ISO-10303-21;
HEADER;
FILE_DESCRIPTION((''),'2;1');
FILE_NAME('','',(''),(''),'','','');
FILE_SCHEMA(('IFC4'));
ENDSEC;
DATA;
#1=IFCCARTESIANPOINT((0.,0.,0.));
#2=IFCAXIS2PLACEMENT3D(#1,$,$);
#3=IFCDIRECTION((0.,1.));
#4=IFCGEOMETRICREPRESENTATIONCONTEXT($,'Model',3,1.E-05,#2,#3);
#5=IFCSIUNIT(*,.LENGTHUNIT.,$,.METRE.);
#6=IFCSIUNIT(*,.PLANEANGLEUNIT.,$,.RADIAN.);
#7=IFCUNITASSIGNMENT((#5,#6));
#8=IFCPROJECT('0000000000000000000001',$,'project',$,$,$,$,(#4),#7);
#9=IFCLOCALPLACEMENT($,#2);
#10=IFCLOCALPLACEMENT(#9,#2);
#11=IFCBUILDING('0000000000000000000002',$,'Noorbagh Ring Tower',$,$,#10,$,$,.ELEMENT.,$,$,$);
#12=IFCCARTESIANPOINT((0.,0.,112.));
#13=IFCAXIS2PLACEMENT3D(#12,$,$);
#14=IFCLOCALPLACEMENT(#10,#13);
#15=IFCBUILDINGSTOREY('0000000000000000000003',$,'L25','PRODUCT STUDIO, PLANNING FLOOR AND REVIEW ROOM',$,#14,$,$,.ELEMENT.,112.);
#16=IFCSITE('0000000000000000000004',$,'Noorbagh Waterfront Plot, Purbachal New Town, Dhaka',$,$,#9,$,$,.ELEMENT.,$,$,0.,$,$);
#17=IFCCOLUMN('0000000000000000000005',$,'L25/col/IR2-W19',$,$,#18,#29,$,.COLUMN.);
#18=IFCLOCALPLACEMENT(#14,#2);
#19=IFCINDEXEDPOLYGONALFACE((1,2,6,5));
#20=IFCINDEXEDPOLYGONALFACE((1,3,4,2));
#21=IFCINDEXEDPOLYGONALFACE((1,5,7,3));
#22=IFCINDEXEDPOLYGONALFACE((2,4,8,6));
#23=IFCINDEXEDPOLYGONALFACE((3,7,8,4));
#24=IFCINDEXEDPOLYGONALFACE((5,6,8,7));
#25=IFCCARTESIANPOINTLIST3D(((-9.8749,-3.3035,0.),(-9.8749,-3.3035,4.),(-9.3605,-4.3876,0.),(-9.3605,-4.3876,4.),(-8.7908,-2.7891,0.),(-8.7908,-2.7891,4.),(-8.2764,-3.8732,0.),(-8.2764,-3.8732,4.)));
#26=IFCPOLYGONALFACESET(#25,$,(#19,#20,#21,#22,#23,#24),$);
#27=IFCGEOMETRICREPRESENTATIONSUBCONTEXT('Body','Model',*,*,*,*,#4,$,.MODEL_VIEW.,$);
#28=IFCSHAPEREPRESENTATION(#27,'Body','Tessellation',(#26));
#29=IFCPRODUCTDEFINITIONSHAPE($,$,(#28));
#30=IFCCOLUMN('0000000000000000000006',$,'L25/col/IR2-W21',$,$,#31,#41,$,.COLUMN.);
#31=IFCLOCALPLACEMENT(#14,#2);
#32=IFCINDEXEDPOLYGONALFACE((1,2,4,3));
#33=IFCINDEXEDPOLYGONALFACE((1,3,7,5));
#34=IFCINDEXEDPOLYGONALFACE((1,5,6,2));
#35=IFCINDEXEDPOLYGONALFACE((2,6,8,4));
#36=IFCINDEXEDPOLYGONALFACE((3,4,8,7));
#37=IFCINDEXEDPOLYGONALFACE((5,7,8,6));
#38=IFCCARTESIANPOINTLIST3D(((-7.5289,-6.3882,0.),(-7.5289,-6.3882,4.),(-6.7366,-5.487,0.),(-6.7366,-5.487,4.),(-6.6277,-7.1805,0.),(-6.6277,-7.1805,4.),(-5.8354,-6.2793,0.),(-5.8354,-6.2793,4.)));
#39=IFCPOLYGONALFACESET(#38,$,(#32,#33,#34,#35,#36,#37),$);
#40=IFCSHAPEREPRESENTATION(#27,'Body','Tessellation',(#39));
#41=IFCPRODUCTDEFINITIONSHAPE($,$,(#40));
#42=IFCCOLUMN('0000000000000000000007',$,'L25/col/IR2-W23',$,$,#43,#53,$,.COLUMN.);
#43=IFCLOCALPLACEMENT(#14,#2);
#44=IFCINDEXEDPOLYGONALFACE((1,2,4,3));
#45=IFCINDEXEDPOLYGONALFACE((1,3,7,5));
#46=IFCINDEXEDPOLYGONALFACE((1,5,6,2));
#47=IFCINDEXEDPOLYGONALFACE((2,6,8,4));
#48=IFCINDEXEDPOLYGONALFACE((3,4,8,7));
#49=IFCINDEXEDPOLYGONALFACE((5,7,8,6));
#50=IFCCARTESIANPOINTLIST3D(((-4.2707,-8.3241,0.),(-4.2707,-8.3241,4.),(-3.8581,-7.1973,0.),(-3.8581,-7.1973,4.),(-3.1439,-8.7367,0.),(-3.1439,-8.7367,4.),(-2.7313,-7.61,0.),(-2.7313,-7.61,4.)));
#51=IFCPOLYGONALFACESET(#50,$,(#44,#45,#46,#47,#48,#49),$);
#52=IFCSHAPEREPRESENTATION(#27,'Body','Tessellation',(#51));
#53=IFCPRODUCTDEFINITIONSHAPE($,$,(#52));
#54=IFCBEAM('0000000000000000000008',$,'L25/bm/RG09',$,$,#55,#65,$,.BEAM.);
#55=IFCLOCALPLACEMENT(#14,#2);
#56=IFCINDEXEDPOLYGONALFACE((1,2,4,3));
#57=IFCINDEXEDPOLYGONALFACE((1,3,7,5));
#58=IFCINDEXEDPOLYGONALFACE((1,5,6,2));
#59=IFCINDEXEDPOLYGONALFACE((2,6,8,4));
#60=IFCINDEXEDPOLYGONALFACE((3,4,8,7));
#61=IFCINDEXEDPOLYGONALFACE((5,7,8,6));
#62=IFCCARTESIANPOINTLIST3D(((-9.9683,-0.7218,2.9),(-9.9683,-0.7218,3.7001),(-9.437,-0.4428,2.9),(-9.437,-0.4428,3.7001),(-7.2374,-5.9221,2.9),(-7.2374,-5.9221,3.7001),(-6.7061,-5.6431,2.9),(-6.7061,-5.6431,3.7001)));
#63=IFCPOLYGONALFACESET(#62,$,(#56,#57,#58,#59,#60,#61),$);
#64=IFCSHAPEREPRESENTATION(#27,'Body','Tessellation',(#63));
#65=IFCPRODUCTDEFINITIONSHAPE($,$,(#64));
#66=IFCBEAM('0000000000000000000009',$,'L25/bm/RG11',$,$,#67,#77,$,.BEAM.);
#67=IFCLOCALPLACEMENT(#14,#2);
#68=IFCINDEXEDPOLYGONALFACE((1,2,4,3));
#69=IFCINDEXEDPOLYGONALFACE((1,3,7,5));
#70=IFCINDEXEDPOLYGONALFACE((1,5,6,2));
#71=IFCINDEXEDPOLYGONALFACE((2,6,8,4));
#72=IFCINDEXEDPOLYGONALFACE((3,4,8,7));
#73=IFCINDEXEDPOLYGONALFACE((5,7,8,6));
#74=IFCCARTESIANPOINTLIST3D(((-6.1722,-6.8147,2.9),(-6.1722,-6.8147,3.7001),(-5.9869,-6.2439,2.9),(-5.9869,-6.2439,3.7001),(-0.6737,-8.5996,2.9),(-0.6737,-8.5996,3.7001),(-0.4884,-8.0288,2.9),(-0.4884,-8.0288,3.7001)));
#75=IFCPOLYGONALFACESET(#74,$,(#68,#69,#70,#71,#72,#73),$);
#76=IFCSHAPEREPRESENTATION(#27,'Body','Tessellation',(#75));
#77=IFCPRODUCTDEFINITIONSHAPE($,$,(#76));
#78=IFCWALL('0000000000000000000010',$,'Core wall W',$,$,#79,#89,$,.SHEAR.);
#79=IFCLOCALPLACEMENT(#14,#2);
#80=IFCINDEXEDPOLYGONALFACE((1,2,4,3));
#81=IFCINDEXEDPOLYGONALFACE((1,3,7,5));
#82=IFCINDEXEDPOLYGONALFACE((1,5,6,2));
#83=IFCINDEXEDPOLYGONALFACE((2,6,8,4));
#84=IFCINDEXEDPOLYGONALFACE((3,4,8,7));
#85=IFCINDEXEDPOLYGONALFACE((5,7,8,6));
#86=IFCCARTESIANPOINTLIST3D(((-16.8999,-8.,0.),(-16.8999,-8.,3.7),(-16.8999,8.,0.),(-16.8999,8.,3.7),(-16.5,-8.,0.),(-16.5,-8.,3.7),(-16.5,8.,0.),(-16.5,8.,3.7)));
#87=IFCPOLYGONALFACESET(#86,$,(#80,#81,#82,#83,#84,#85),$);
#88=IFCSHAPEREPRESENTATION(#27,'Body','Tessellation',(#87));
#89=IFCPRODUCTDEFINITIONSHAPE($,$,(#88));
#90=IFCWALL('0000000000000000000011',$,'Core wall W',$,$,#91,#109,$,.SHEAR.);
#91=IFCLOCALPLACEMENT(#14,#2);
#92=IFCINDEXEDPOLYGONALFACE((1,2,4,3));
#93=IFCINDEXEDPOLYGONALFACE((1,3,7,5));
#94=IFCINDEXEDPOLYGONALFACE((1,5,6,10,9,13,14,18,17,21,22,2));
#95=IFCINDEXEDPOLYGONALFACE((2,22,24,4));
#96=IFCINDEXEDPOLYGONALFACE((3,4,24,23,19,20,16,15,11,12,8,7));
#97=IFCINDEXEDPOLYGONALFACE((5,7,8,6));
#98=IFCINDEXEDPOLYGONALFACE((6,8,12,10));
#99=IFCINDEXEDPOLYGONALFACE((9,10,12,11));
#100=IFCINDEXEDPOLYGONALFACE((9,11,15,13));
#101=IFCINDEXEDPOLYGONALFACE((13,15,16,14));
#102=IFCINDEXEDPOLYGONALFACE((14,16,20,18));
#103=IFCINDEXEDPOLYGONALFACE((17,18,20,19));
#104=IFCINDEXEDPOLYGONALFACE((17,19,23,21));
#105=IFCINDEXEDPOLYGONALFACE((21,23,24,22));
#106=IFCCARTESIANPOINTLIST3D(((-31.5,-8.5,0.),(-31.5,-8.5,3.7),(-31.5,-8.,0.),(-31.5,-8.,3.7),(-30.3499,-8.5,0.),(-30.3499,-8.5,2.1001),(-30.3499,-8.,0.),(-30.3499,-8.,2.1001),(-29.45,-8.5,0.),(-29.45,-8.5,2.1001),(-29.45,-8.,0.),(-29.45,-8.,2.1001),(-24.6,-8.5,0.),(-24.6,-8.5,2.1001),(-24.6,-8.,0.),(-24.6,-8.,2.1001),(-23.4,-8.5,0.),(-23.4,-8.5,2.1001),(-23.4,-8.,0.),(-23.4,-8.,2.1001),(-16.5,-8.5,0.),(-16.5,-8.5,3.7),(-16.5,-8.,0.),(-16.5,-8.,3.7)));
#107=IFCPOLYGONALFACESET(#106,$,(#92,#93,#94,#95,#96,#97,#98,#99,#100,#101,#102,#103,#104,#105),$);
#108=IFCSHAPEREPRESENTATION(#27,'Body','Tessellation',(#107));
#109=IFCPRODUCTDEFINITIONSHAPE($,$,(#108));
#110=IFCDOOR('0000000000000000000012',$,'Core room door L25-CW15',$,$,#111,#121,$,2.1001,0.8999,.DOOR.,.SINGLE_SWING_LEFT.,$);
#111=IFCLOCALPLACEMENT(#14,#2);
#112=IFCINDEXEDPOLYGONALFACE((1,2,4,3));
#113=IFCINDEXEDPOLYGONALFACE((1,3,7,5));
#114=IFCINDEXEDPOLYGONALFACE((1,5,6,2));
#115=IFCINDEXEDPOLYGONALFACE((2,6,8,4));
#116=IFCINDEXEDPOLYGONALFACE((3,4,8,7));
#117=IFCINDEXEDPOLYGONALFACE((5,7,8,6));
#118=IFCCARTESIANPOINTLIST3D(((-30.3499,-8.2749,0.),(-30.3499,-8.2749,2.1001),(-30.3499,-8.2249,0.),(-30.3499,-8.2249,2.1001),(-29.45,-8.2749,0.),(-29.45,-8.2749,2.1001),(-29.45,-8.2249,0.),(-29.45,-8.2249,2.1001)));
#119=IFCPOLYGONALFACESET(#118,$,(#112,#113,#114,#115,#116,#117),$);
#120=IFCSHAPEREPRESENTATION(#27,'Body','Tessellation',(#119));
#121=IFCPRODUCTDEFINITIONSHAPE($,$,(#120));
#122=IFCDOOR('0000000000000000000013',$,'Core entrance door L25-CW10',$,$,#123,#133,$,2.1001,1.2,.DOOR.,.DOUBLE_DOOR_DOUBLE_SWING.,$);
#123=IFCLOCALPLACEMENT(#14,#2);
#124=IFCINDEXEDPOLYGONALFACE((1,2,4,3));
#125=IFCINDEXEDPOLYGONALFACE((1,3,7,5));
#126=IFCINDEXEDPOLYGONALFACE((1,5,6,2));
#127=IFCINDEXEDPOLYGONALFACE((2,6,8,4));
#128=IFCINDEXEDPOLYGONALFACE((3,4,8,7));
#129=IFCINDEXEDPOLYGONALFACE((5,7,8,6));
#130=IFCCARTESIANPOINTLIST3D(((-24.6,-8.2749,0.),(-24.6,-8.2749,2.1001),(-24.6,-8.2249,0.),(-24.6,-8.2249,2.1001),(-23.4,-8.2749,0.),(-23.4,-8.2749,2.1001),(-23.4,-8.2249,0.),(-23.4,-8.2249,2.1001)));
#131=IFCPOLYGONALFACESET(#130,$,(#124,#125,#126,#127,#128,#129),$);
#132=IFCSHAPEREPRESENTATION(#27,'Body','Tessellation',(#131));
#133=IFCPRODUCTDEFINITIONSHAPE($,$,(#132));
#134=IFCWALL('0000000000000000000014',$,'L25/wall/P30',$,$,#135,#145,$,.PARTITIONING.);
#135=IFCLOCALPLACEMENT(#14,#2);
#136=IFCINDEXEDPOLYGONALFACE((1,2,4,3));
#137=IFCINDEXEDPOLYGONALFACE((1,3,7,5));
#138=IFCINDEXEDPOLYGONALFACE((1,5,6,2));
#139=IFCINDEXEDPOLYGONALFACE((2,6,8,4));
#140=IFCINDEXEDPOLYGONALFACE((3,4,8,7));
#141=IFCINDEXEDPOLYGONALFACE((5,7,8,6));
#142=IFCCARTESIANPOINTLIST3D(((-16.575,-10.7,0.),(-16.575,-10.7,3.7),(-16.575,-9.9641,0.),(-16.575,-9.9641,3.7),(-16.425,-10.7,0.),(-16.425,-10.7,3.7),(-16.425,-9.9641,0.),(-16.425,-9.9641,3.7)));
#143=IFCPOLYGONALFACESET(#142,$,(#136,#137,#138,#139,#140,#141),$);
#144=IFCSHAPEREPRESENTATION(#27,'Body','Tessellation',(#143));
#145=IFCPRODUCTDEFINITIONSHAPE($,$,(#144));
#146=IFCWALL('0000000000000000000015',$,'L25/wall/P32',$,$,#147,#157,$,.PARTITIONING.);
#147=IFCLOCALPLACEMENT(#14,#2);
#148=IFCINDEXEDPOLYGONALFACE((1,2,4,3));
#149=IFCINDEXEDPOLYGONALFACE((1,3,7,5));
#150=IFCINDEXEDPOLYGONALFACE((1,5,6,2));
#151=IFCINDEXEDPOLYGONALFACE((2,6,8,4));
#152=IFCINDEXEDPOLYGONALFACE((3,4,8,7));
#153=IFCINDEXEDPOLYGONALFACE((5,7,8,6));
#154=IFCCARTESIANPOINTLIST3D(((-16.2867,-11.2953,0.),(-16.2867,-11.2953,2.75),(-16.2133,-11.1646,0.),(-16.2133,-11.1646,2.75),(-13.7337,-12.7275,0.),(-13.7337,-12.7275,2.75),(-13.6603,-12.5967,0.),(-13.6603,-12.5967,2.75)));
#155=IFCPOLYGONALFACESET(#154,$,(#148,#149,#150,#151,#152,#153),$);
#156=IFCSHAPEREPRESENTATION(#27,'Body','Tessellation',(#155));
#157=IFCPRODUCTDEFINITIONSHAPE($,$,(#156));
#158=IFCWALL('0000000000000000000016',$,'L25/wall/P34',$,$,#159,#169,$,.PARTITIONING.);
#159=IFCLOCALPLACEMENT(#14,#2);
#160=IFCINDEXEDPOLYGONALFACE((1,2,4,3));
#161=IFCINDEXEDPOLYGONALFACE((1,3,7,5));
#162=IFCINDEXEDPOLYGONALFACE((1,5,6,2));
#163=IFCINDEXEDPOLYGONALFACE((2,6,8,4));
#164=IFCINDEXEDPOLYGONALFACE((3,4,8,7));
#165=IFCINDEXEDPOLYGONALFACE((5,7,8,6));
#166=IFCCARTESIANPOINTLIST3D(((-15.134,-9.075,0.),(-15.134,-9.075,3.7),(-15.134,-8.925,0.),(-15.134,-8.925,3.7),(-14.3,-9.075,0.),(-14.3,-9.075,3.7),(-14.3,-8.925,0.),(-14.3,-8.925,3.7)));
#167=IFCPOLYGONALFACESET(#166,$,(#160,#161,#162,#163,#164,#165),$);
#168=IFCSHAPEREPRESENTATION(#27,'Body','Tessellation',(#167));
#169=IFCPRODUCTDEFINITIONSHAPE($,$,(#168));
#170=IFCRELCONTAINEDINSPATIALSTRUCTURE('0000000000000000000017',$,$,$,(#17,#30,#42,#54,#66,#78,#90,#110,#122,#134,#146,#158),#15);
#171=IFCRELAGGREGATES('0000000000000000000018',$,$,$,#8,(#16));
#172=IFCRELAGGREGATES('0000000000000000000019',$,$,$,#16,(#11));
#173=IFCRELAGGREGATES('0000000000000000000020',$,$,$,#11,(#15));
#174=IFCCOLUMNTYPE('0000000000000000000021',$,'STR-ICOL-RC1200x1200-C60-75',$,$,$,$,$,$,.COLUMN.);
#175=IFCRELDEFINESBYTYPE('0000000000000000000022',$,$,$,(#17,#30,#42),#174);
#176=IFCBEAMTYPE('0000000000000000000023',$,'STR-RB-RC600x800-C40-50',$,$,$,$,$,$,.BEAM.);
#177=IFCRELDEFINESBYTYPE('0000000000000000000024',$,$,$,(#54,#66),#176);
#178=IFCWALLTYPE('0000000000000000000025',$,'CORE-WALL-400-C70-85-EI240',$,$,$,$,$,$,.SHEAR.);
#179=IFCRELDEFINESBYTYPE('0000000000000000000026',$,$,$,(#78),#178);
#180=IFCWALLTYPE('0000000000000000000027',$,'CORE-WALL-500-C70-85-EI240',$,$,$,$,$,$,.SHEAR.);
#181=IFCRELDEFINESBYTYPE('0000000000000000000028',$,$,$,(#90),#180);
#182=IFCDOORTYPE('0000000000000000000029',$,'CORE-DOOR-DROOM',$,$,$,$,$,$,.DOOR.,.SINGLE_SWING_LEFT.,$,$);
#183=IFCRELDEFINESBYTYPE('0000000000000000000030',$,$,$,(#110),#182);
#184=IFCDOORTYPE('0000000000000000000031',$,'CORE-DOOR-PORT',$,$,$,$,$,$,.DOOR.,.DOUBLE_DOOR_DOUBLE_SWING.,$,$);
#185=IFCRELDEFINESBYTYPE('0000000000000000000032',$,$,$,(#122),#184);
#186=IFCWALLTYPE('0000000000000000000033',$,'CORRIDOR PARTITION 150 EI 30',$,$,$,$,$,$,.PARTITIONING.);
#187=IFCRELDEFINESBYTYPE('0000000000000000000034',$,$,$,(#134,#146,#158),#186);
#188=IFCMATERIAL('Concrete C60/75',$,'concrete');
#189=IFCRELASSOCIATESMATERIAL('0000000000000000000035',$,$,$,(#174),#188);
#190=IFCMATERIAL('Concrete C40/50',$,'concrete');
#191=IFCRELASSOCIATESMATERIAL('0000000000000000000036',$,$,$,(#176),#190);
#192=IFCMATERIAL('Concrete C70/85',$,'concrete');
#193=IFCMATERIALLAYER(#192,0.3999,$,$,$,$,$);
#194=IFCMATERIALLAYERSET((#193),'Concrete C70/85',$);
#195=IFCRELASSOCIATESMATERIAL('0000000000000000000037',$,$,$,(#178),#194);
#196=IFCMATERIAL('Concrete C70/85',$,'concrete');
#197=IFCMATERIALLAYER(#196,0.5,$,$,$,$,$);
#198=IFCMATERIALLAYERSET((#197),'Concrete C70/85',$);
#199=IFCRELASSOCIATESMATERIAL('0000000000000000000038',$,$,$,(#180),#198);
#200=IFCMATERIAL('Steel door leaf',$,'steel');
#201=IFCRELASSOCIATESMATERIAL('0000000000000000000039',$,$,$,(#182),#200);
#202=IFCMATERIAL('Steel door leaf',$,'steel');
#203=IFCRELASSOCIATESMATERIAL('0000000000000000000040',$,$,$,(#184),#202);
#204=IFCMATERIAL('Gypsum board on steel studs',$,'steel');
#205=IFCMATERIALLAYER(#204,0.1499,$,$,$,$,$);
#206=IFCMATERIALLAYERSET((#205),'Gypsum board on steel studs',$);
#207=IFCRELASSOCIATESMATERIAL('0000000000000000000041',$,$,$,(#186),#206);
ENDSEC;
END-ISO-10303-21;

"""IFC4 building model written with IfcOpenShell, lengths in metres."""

from ifc_helpers import new_model, si_unit, direction, frame, frame_2d, origin, origin_2d, place, context, subcontext, project, spatial, rectangle, extrude, material, layer, layer_set, material_profile, profile_set, type_object, element, fill, save


model = new_model("IFC4")

# Units and contexts
model_context = context("Model", 3, precision=1e-05, world=origin(), true_north=direction((0.0, 1.0)))
body_context = subcontext(model_context, "Body", "Model", "MODEL_VIEW")
ifc_project = project(units=[si_unit("LENGTHUNIT", "METRE"), si_unit("PLANEANGLEUNIT", "RADIAN")], contexts=[model_context])

# Site, building, storey
site_placement = place(None, origin())
site = spatial("IfcSite", under=ifc_project, at=site_placement, Name="Noorbagh Waterfront Plot, Purbachal New Town, Dhaka", CompositionType="ELEMENT", RefElevation=0.0)
building_placement = place(site_placement, origin())
building = spatial("IfcBuilding", under=site, at=building_placement, Name="Noorbagh Ring Tower", CompositionType="ELEMENT")
storey_placement = place(building_placement, frame((0.0, 0.0, 112.0)))
storey = spatial("IfcBuildingStorey", under=building, at=storey_placement, Name="L25", Description="PRODUCT STUDIO, PLANNING FLOOR AND REVIEW ROOM", CompositionType="ELEMENT", Elevation=112.0)

# Columns
ifc_material_1 = material(Name="Concrete C60/75", Category="concrete")
ifc_material_profile_1 = material_profile(ifc_material_1, rectangle(XDim=1.2, YDim=1.2, at=origin_2d()), Name="RC1200x1200")
ifc_profile_set_1 = profile_set([ifc_material_profile_1], Name="Concrete C60/75")
column_type = type_object("IfcColumnType", Name="STR-ICOL-RC1200x1200-C60-75", PredefinedType="COLUMN", material=ifc_profile_set_1)
for number, where, z_axis, x_axis, name in (
    (1, (-9.0757, -3.5884, 0.0), (0.0, 0.0, 1.0), (0.428667, -0.903463, 0.0), "L25/col/IR2-W19"),
    (2, (-6.6821, -6.3337, 0.0), (0.0, 0.0, 1.0), (0.751022, -0.660277, 0.0), "L25/col/IR2-W21"),
    (3, (-3.501, -7.967, 0.0), (0.0, 0.0, 1.0), (0.93902, -0.343864, 0.0), "L25/col/IR2-W23"),
):
    element("IfcColumn", number, at=place(storey_placement, frame(where, z_axis=z_axis, x_axis=x_axis)), inside=storey, type_object=column_type, Name=name, PredefinedType="COLUMN", context=body_context, shape_type="SweptSolid", body=[
        extrude(rectangle(XDim=1.2, YDim=1.2, at=origin_2d()), origin(), (0.0, 0.0, 1.0), 4.0),
    ])

# Beams
ifc_material_2 = material(Name="Concrete C40/50", Category="concrete")
ifc_material_profile_2 = material_profile(ifc_material_2, rectangle(XDim=0.6001, YDim=0.8, at=origin_2d()), Name="RC600x800")
ifc_profile_set_2 = profile_set([ifc_material_profile_2], Name="Concrete C40/50")
beam_type = type_object("IfcBeamType", Name="STR-RB-RC600x800-C40-50", PredefinedType="BEAM", material=ifc_profile_set_2)
beam_1_placement = place(storey_placement, frame((-9.7026, -0.5823, 3.3), z_axis=(0.464931, -0.885347, 0.0), x_axis=(0.885347, 0.464931, 0.0)))
element("IfcBeam", 4, at=beam_1_placement, inside=storey, type_object=beam_type, Name="L25/bm/RG09", PredefinedType="BEAM", context=body_context, shape_type="SweptSolid", body=[
    extrude(rectangle(XDim=0.6001, YDim=0.8, at=origin_2d()), origin(), (0.0, 0.0, 1.0), 5.8738),
])
beam_2_placement = place(storey_placement, frame((-6.0796, -6.5293, 3.3), z_axis=(0.951141, -0.308756, 0.0), x_axis=(0.308756, 0.951141, 0.0)))
element("IfcBeam", 5, at=beam_2_placement, inside=storey, type_object=beam_type, Name="L25/bm/RG11", PredefinedType="BEAM", context=body_context, shape_type="SweptSolid", body=[
    extrude(rectangle(XDim=0.6001, YDim=0.8, at=origin_2d()), origin(), (0.0, 0.0, 1.0), 5.781),
])

# Wall
ifc_material_3 = material(Name="Concrete C70/85", Category="concrete")
ifc_layer_1 = layer(ifc_material_3, 0.3999)
ifc_layer_set_1 = layer_set([ifc_layer_1], Name="Concrete C70/85")
wall_type_1 = type_object("IfcWallType", Name="CORE-WALL-400-C70-85-EI240", PredefinedType="SHEAR", material=ifc_layer_set_1)
wall_1_placement = place(storey_placement, frame((-16.7, -8.0, 0.0), z_axis=(0.0, 0.0, 1.0), x_axis=(0.0, 1.0, 0.0)))
element("IfcWall", 6, at=wall_1_placement, inside=storey, type_object=wall_type_1, Name="Core wall W", PredefinedType="SHEAR", context=body_context, shape_type="SweptSolid", body=[
    extrude(rectangle(XDim=16.0, YDim=0.3999, at=frame_2d((8.0, 0.0))), origin(), (0.0, 0.0, 1.0), 3.7),
])

# Wall, openings, doors
ifc_material_4 = material(Name="Concrete C70/85", Category="concrete")
ifc_layer_2 = layer(ifc_material_4, 0.5)
ifc_layer_set_2 = layer_set([ifc_layer_2], Name="Concrete C70/85")
wall_type_2 = type_object("IfcWallType", Name="CORE-WALL-500-C70-85-EI240", PredefinedType="SHEAR", material=ifc_layer_set_2)
wall_2_placement = place(storey_placement, frame((-16.5, -8.25, 0.0), z_axis=(0.0, 0.0, 1.0), x_axis=(-1.0, 0.0, 0.0)))
wall_2 = element("IfcWall", 7, at=wall_2_placement, inside=storey, type_object=wall_type_2, Name="Core wall W", PredefinedType="SHEAR", context=body_context, shape_type="SweptSolid", body=[
    extrude(rectangle(XDim=15.0, YDim=0.5, at=frame_2d((7.5, 0.0))), origin(), (0.0, 0.0, 1.0), 3.7),
])
opening_1_placement = place(wall_2_placement, frame((6.8999, 0.0, 0.0)))
opening_1 = element("IfcOpeningElement", 8, at=opening_1_placement, cuts=wall_2, PredefinedType="OPENING", context=body_context, shape_type="SweptSolid", body=[
    extrude(rectangle(XDim=1.2, YDim=2.1001, at=frame_2d((0.6001, 1.05))), frame((0.0, 0.26, 0.0), z_axis=(0.0, -1.0, 0.0), x_axis=(1.0, 0.0, 0.0)), (0.0, 0.0, 1.0), 0.52),
])
opening_2_placement = place(wall_2_placement, frame((12.95, 0.0, 0.0)))
opening_2 = element("IfcOpeningElement", 9, at=opening_2_placement, cuts=wall_2, PredefinedType="OPENING", context=body_context, shape_type="SweptSolid", body=[
    extrude(rectangle(XDim=0.8999, YDim=2.1001, at=frame_2d((0.45, 1.05))), frame((0.0, 0.26, 0.0), z_axis=(0.0, -1.0, 0.0), x_axis=(1.0, 0.0, 0.0)), (0.0, 0.0, 1.0), 0.52),
])
ifc_material_5 = material(Name="Steel door leaf", Category="steel")
door_type_1 = type_object("IfcDoorType", Name="CORE-DOOR-DROOM", OperationType="SINGLE_SWING_LEFT", PredefinedType="DOOR", material=ifc_material_5)
door_1_placement = place(opening_2_placement, origin())
door_1 = element("IfcDoor", 10, at=door_1_placement, inside=storey, type_object=door_type_1, Name="Core room door L25-CW15", OperationType="SINGLE_SWING_LEFT", OverallHeight=2.1001, OverallWidth=0.8999, PredefinedType="DOOR", context=body_context, shape_type="SweptSolid", body=[
    extrude(rectangle(XDim=0.8999, YDim=2.1001, at=frame_2d((0.45, 1.05))), frame((0.0, 0.0249, 0.0), z_axis=(0.0, -1.0, 0.0), x_axis=(1.0, 0.0, 0.0)), (0.0, 0.0, 1.0), 0.05),
])
fill(opening_2, door_1)
ifc_material_6 = material(Name="Steel door leaf", Category="steel")
door_type_2 = type_object("IfcDoorType", Name="CORE-DOOR-PORT", OperationType="DOUBLE_DOOR_DOUBLE_SWING", PredefinedType="DOOR", material=ifc_material_6)
door_2_placement = place(opening_1_placement, origin())
door_2 = element("IfcDoor", 11, at=door_2_placement, inside=storey, type_object=door_type_2, Name="Core entrance door L25-CW10", OperationType="DOUBLE_DOOR_DOUBLE_SWING", OverallHeight=2.1001, OverallWidth=1.2, PredefinedType="DOOR", context=body_context, shape_type="SweptSolid", body=[
    extrude(rectangle(XDim=1.2, YDim=2.1001, at=frame_2d((0.6001, 1.05))), frame((0.0, 0.0249, 0.0), z_axis=(0.0, -1.0, 0.0), x_axis=(1.0, 0.0, 0.0)), (0.0, 0.0, 1.0), 0.05),
])
fill(opening_1, door_2)

# Walls
ifc_material_7 = material(Name="Gypsum board on steel studs", Category="steel")
ifc_layer_3 = layer(ifc_material_7, 0.1499)
ifc_layer_set_3 = layer_set([ifc_layer_3], Name="Gypsum board on steel studs")
wall_type_3 = type_object("IfcWallType", Name="CORRIDOR PARTITION 150 EI 30", PredefinedType="PARTITIONING", material=ifc_layer_set_3)
wall_3_placement = place(storey_placement, frame((-16.5, -10.7, 0.0), z_axis=(0.0, 0.0, 1.0), x_axis=(0.0, 1.0, 0.0)))
element("IfcWall", 12, at=wall_3_placement, inside=storey, type_object=wall_type_3, Name="L25/wall/P30", PredefinedType="PARTITIONING", context=body_context, shape_type="SweptSolid", body=[
    extrude(rectangle(XDim=0.7358, YDim=0.1499, at=frame_2d((0.3679, 0.0))), origin(), (0.0, 0.0, 1.0), 3.7),
])
wall_4_placement = place(storey_placement, frame((-16.25, -11.23, 0.0), z_axis=(0.0, 0.0, 1.0), x_axis=(0.872147, -0.489243, 0.0)))
element("IfcWall", 13, at=wall_4_placement, inside=storey, type_object=wall_type_3, Name="L25/wall/P32", PredefinedType="PARTITIONING", context=body_context, shape_type="SweptSolid", body=[
    extrude(rectangle(XDim=2.9272, YDim=0.1499, at=frame_2d((1.4636, 0.0))), origin(), (0.0, 0.0, 1.0), 2.75),
])
wall_5_placement = place(storey_placement, frame((-15.134, -9.0, 0.0), z_axis=(0.0, 0.0, 1.0), x_axis=(1.0, 0.0, 0.0)))
element("IfcWall", 14, at=wall_5_placement, inside=storey, type_object=wall_type_3, Name="L25/wall/P34", PredefinedType="PARTITIONING", context=body_context, shape_type="SweptSolid", body=[
    extrude(rectangle(XDim=0.834, YDim=0.1499, at=frame_2d((0.417, 0.0))), origin(), (0.0, 0.0, 1.0), 3.7),
])

save(model, "model.ifc")
